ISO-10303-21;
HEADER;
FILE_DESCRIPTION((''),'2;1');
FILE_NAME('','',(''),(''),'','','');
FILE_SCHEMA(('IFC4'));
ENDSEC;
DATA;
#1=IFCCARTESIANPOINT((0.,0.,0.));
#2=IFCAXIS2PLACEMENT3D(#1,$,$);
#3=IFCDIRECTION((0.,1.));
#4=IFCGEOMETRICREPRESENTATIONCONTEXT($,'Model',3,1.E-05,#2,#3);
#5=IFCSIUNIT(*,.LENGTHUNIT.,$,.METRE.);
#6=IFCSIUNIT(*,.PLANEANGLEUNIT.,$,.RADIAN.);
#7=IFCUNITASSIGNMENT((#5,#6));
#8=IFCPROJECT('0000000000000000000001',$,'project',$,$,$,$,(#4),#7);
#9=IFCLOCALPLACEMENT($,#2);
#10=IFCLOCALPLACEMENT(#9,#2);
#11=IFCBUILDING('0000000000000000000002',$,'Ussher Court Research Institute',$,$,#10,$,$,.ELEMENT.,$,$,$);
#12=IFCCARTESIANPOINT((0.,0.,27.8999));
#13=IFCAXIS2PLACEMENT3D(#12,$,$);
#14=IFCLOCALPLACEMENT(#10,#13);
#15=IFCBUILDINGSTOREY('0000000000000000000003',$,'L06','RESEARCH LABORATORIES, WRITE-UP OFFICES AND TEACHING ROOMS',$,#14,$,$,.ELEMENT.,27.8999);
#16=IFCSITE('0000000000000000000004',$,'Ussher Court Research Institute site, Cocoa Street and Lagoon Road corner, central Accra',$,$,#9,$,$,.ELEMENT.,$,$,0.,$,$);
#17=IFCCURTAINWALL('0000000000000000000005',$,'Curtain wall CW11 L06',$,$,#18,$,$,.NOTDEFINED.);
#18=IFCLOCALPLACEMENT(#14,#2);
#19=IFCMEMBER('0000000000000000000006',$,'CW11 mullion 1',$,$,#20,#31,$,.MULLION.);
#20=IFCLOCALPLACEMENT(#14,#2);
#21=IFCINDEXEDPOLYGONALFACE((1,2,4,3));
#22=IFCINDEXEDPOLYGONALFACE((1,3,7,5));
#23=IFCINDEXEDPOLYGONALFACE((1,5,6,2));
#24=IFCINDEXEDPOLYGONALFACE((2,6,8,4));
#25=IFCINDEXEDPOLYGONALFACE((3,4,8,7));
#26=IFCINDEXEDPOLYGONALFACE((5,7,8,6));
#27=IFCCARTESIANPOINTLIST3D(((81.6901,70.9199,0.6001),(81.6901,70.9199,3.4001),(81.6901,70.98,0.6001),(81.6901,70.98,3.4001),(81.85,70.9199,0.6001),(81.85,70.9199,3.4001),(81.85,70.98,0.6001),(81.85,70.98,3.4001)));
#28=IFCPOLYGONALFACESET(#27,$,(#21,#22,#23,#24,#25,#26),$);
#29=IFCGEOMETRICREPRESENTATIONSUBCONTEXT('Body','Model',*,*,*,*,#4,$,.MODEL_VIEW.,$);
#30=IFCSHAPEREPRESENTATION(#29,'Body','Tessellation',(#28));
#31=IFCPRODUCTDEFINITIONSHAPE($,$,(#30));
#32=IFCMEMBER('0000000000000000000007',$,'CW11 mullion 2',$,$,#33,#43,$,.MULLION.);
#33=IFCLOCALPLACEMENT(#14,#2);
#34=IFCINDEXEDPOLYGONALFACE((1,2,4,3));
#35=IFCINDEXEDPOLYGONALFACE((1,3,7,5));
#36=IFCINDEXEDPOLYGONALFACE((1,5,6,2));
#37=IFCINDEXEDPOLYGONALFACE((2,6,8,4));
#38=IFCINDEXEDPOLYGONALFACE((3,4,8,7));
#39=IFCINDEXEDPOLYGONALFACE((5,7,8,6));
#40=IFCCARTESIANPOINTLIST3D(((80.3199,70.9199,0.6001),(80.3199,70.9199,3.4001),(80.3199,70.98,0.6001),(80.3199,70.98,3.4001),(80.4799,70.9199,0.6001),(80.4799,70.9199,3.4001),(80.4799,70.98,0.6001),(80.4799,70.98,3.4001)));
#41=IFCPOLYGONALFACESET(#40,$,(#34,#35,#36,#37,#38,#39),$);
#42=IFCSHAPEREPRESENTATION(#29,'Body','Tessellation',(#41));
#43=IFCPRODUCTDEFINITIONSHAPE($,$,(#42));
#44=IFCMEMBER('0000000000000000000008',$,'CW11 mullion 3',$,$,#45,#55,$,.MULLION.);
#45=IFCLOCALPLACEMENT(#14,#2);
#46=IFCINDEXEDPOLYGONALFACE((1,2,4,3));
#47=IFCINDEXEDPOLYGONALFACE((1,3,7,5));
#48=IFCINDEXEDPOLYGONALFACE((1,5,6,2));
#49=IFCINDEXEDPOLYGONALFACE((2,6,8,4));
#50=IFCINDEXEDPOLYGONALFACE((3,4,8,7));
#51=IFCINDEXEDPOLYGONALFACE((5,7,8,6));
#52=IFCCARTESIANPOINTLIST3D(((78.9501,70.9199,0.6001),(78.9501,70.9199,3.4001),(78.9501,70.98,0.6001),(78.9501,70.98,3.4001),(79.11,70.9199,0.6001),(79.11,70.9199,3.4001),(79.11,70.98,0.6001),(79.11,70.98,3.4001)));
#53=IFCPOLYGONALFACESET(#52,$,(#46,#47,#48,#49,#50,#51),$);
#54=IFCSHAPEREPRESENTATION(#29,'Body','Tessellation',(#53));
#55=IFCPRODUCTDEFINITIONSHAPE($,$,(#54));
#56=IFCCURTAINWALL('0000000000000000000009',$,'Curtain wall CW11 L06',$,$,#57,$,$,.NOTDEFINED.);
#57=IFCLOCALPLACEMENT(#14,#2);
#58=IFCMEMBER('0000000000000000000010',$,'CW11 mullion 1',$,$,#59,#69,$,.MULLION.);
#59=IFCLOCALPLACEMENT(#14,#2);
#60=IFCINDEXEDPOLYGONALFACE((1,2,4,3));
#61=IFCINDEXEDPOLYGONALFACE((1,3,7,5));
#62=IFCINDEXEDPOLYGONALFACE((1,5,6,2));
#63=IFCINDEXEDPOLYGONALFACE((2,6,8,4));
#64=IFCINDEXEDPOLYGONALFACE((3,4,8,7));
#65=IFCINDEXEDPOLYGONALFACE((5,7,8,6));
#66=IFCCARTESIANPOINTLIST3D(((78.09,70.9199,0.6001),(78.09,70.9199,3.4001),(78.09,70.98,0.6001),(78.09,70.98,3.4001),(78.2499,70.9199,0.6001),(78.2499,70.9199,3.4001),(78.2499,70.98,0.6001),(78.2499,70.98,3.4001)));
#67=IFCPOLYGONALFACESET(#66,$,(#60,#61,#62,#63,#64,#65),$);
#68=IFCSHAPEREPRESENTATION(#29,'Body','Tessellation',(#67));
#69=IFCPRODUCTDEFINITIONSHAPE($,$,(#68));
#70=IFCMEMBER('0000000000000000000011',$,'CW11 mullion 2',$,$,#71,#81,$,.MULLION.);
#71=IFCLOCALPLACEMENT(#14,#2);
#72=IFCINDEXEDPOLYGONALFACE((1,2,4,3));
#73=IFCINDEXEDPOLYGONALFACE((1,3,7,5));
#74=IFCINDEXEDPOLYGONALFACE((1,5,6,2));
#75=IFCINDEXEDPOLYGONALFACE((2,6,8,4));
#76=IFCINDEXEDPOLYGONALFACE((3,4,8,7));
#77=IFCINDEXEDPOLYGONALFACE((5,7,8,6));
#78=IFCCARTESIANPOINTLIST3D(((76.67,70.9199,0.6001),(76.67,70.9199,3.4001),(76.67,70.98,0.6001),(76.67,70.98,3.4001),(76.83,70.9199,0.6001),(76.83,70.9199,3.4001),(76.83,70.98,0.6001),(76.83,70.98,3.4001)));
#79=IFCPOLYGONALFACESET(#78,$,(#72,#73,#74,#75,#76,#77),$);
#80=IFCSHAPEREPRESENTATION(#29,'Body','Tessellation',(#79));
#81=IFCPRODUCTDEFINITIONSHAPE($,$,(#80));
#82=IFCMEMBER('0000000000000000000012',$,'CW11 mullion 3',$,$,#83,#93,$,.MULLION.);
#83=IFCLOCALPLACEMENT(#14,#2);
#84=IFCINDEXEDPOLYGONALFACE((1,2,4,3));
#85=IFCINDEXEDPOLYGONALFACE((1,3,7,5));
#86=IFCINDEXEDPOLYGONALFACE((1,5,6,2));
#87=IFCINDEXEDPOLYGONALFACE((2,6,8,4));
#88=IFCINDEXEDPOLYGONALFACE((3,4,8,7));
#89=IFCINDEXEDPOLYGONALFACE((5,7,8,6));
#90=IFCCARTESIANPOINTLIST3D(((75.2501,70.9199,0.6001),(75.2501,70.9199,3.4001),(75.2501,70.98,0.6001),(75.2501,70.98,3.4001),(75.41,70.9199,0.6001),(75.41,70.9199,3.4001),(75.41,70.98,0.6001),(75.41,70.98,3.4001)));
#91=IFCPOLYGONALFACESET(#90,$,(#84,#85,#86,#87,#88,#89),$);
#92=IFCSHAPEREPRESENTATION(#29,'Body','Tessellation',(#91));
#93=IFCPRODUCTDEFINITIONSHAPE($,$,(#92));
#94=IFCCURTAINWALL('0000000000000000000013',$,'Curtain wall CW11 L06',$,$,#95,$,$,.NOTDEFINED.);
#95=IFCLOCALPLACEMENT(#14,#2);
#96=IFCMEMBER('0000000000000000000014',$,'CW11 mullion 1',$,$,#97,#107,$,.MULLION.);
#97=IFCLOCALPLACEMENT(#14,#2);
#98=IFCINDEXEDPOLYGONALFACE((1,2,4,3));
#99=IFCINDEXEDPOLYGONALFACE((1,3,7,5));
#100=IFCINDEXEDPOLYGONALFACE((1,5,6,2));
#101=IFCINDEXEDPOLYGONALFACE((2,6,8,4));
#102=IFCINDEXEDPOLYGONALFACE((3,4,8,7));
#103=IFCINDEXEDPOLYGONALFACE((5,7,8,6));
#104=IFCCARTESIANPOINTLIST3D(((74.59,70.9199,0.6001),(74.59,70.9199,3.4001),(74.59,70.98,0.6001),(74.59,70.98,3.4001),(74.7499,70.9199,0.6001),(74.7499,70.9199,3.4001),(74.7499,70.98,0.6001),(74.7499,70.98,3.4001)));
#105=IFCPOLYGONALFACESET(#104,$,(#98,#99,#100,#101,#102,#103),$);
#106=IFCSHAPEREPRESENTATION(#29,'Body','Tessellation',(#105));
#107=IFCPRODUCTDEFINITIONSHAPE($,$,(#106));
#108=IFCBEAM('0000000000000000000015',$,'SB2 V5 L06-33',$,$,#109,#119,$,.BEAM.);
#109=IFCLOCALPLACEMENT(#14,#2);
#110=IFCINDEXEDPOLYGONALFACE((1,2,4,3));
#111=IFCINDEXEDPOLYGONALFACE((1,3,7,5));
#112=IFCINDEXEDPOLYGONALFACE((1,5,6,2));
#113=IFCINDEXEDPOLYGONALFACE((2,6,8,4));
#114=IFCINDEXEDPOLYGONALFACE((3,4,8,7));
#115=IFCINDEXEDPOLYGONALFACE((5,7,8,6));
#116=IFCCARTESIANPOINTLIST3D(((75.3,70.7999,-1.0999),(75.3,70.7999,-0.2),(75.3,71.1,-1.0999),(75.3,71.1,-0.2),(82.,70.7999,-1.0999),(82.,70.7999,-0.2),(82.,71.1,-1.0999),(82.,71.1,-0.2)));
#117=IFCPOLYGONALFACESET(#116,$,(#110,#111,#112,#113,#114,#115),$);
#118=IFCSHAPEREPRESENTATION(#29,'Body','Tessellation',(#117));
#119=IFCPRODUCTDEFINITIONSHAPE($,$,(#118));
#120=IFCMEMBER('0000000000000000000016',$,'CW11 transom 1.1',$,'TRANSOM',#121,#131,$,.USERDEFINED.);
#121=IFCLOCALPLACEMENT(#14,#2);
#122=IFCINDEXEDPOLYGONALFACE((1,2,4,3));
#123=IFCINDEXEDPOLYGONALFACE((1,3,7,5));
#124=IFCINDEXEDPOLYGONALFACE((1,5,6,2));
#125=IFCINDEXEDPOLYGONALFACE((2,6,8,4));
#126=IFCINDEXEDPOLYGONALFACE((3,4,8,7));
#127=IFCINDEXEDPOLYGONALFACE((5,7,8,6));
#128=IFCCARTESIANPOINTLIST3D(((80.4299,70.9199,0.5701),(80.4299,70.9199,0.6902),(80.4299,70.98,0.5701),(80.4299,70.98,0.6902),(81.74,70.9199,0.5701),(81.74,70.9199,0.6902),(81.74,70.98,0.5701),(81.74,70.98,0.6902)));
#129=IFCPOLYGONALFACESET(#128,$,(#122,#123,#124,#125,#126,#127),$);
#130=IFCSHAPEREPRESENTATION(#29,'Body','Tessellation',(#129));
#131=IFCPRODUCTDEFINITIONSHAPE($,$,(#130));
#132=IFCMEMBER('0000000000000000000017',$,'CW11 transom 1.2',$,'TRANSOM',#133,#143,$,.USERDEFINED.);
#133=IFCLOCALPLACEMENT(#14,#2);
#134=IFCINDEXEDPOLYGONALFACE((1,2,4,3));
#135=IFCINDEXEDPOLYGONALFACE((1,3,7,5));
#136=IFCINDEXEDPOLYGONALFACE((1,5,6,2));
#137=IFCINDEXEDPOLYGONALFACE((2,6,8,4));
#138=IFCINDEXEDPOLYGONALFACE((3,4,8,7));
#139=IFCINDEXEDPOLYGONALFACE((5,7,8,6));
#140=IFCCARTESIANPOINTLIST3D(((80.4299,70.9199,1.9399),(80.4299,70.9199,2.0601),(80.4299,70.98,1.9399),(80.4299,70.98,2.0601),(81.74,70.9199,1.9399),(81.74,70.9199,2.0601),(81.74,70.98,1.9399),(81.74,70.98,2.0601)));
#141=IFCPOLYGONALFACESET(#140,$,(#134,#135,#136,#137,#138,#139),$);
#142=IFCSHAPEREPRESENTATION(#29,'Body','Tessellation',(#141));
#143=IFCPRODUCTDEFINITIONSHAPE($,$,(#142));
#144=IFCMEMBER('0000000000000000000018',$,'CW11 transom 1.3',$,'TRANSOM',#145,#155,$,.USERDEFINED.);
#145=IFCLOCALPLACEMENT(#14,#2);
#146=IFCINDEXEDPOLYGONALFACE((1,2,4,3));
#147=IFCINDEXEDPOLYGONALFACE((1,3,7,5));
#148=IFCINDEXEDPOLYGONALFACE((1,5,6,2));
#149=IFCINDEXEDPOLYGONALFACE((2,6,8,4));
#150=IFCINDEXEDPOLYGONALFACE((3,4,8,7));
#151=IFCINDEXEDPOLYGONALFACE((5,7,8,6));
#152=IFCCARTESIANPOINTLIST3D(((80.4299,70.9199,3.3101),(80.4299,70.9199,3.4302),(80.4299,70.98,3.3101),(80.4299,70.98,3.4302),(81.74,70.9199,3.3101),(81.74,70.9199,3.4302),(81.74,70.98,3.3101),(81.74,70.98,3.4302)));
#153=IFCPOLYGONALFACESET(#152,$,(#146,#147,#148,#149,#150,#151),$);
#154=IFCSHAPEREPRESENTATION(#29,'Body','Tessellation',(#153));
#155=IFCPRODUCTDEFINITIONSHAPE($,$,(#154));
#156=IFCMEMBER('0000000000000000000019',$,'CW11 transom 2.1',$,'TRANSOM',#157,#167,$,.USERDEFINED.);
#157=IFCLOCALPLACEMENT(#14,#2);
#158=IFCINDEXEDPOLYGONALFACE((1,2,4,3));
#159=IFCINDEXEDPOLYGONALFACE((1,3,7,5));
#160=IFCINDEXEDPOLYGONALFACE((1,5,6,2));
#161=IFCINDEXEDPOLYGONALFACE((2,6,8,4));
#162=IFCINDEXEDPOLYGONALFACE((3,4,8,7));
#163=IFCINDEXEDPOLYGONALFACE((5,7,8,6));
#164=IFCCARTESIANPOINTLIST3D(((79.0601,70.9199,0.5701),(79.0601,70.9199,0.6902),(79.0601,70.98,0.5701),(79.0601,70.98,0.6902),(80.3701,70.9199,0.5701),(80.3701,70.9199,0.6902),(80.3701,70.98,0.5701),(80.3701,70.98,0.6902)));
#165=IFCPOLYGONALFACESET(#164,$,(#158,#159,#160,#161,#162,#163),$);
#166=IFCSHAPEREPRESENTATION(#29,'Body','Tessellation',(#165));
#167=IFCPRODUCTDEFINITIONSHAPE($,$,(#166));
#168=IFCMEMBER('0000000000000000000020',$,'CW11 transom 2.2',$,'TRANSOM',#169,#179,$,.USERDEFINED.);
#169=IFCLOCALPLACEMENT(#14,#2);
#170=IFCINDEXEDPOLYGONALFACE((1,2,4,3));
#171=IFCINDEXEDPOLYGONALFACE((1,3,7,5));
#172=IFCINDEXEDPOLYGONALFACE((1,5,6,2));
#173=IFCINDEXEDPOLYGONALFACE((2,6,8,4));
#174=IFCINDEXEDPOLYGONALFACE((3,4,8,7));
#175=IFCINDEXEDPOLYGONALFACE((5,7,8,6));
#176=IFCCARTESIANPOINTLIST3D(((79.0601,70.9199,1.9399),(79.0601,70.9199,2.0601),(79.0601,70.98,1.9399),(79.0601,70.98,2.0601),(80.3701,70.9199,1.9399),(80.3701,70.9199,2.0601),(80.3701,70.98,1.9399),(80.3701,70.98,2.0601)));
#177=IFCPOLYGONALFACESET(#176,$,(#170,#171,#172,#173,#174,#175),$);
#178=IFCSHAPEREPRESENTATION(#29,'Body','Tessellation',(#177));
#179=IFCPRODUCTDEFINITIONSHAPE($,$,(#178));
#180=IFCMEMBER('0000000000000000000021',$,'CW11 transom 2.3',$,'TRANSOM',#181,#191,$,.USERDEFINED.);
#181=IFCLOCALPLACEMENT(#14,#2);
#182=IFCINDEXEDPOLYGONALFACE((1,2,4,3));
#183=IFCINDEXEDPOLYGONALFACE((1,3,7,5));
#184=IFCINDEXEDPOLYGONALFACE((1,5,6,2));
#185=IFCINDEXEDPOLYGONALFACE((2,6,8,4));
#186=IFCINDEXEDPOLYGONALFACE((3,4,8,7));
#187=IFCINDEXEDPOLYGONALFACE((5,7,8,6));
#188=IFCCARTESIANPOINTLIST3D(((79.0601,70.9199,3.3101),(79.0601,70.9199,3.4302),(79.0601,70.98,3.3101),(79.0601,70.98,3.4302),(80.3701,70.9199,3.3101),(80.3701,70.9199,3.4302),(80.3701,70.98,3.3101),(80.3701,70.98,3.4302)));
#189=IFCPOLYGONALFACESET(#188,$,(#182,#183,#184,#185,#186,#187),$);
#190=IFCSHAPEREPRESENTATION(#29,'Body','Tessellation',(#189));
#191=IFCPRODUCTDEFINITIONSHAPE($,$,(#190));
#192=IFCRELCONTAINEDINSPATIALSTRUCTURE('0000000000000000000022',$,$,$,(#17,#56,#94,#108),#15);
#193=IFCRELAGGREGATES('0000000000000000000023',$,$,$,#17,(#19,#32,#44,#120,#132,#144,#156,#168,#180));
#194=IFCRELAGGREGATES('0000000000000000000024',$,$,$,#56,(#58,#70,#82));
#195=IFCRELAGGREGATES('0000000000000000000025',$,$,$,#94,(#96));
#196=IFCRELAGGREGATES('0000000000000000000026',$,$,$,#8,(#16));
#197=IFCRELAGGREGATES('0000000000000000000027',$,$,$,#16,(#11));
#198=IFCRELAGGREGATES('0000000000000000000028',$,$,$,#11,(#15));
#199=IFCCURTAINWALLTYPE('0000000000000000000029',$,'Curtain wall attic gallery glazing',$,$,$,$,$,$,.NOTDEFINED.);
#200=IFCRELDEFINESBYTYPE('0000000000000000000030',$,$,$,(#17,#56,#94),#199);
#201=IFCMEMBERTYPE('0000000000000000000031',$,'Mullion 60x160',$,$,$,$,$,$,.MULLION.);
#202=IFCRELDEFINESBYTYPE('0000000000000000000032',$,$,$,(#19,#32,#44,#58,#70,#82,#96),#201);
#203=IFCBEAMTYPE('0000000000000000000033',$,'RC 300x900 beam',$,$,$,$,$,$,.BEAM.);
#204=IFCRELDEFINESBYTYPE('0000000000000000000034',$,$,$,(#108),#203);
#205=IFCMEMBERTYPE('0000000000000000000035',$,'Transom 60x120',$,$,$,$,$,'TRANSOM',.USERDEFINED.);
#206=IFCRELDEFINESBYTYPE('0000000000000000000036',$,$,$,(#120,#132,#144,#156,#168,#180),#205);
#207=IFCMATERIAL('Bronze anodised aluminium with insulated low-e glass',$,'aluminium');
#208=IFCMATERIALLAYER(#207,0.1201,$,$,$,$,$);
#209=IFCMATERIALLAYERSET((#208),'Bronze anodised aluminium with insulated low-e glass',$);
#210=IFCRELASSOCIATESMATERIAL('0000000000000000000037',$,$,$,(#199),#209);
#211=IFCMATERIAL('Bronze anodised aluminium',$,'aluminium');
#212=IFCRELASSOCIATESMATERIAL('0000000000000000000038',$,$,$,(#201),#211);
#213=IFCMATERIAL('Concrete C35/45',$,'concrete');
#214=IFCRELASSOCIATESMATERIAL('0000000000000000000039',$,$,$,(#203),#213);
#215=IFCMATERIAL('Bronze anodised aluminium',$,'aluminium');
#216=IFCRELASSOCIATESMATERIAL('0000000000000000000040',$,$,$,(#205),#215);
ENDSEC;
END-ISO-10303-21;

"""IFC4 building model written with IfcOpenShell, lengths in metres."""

from ifc_helpers import new_model, si_unit, direction, frame, origin, origin_2d, place, context, subcontext, project, spatial, rectangle, extrude, material, layer, layer_set, material_profile, profile_set, type_object, element, aggregate, save


model = new_model("IFC4")

# Units and contexts
model_context = context("Model", 3, precision=1e-05, world=origin(), true_north=direction((0.0, 1.0)))
body_context = subcontext(model_context, "Body", "Model", "MODEL_VIEW")
ifc_project = project(units=[si_unit("LENGTHUNIT", "METRE"), si_unit("PLANEANGLEUNIT", "RADIAN")], contexts=[model_context])

# Site, building, storey
site_placement = place(None, origin())
site = spatial("IfcSite", under=ifc_project, at=site_placement, Name="Ussher Court Research Institute site, Cocoa Street and Lagoon Road corner, central Accra", CompositionType="ELEMENT", RefElevation=0.0)
building_placement = place(site_placement, origin())
building = spatial("IfcBuilding", under=site, at=building_placement, Name="Ussher Court Research Institute", CompositionType="ELEMENT")
storey_placement = place(building_placement, frame((0.0, 0.0, 27.8999)))
storey = spatial("IfcBuildingStorey", under=building, at=storey_placement, Name="L06", Description="RESEARCH LABORATORIES, WRITE-UP OFFICES AND TEACHING ROOMS", CompositionType="ELEMENT", Elevation=27.8999)

# Curtain walls, members
ifc_material_1 = material(Name="Bronze anodised aluminium with insulated low-e glass", Category="aluminium")
ifc_layer_1 = layer(ifc_material_1, 0.1201)
ifc_layer_set_1 = layer_set([ifc_layer_1], Name="Bronze anodised aluminium with insulated low-e glass")
curtain_wall_type = type_object("IfcCurtainWallType", Name="Curtain wall attic gallery glazing", PredefinedType="NOTDEFINED", material=ifc_layer_set_1)
curtain_wall_1_placement = place(storey_placement, origin())
curtain_wall_1 = element("IfcCurtainWall", 1, at=curtain_wall_1_placement, inside=storey, type_object=curtain_wall_type, Name="Curtain wall CW11 L06", PredefinedType="NOTDEFINED")
ifc_material_2 = material(Name="Bronze anodised aluminium", Category="aluminium")
ifc_material_profile_1 = material_profile(ifc_material_2, rectangle(XDim=0.0601, YDim=0.1599, at=origin_2d()), Name="Mullion 60x160")
ifc_profile_set_1 = profile_set([ifc_material_profile_1], Name="Bronze anodised aluminium")
member_type_1 = type_object("IfcMemberType", Name="Mullion 60x160", PredefinedType="MULLION", material=ifc_profile_set_1)
member_1_placement = place(storey_placement, frame((81.77, 70.95, 0.6001), z_axis=(0.0, 0.0, 1.0), x_axis=(0.0, -1.0, 0.0)))
member_1 = element("IfcMember", 2, at=member_1_placement, type_object=member_type_1, Name="CW11 mullion 1", PredefinedType="MULLION", context=body_context, shape_type="SweptSolid", body=[
    extrude(rectangle(XDim=0.0601, YDim=0.1599, at=origin_2d()), origin(), (0.0, 0.0, 1.0), 2.8),
])
member_2_placement = place(storey_placement, frame((80.3999, 70.95, 0.6001), z_axis=(0.0, 0.0, 1.0), x_axis=(0.0, -1.0, 0.0)))
member_2 = element("IfcMember", 3, at=member_2_placement, type_object=member_type_1, Name="CW11 mullion 2", PredefinedType="MULLION", context=body_context, shape_type="SweptSolid", body=[
    extrude(rectangle(XDim=0.0601, YDim=0.1599, at=origin_2d()), origin(), (0.0, 0.0, 1.0), 2.8),
])
member_3_placement = place(storey_placement, frame((79.03, 70.95, 0.6001), z_axis=(0.0, 0.0, 1.0), x_axis=(0.0, -1.0, 0.0)))
member_3 = element("IfcMember", 4, at=member_3_placement, type_object=member_type_1, Name="CW11 mullion 3", PredefinedType="MULLION", context=body_context, shape_type="SweptSolid", body=[
    extrude(rectangle(XDim=0.0601, YDim=0.1599, at=origin_2d()), origin(), (0.0, 0.0, 1.0), 2.8),
])
curtain_wall_2_placement = place(storey_placement, origin())
curtain_wall_2 = element("IfcCurtainWall", 5, at=curtain_wall_2_placement, inside=storey, type_object=curtain_wall_type, Name="Curtain wall CW11 L06", PredefinedType="NOTDEFINED")
member_4_placement = place(storey_placement, frame((78.1699, 70.95, 0.6001), z_axis=(0.0, 0.0, 1.0), x_axis=(0.0, -1.0, 0.0)))
member_4 = element("IfcMember", 6, at=member_4_placement, type_object=member_type_1, Name="CW11 mullion 1", PredefinedType="MULLION", context=body_context, shape_type="SweptSolid", body=[
    extrude(rectangle(XDim=0.0601, YDim=0.1599, at=origin_2d()), origin(), (0.0, 0.0, 1.0), 2.8),
])
member_5_placement = place(storey_placement, frame((76.75, 70.95, 0.6001), z_axis=(0.0, 0.0, 1.0), x_axis=(0.0, -1.0, 0.0)))
member_5 = element("IfcMember", 7, at=member_5_placement, type_object=member_type_1, Name="CW11 mullion 2", PredefinedType="MULLION", context=body_context, shape_type="SweptSolid", body=[
    extrude(rectangle(XDim=0.0601, YDim=0.1599, at=origin_2d()), origin(), (0.0, 0.0, 1.0), 2.8),
])
member_6_placement = place(storey_placement, frame((75.3301, 70.95, 0.6001), z_axis=(0.0, 0.0, 1.0), x_axis=(0.0, -1.0, 0.0)))
member_6 = element("IfcMember", 8, at=member_6_placement, type_object=member_type_1, Name="CW11 mullion 3", PredefinedType="MULLION", context=body_context, shape_type="SweptSolid", body=[
    extrude(rectangle(XDim=0.0601, YDim=0.1599, at=origin_2d()), origin(), (0.0, 0.0, 1.0), 2.8),
])

# Curtain wall, member
curtain_wall_3_placement = place(storey_placement, origin())
curtain_wall_3 = element("IfcCurtainWall", 9, at=curtain_wall_3_placement, inside=storey, type_object=curtain_wall_type, Name="Curtain wall CW11 L06", PredefinedType="NOTDEFINED")
member_7_placement = place(storey_placement, frame((74.6699, 70.95, 0.6001), z_axis=(0.0, 0.0, 1.0), x_axis=(0.0, -1.0, 0.0)))
member_7 = element("IfcMember", 10, at=member_7_placement, type_object=member_type_1, Name="CW11 mullion 1", PredefinedType="MULLION", context=body_context, shape_type="SweptSolid", body=[
    extrude(rectangle(XDim=0.0601, YDim=0.1599, at=origin_2d()), origin(), (0.0, 0.0, 1.0), 2.8),
])

# Beam
ifc_material_3 = material(Name="Concrete C35/45", Category="concrete")
ifc_material_profile_2 = material_profile(ifc_material_3, rectangle(XDim=0.3, YDim=0.8999, at=origin_2d()), Name="RC 300x900")
ifc_profile_set_2 = profile_set([ifc_material_profile_2], Name="Concrete C35/45")
beam_type = type_object("IfcBeamType", Name="RC 300x900 beam", PredefinedType="BEAM", material=ifc_profile_set_2)
beam_placement = place(storey_placement, frame((75.3, 70.95, -0.6499), z_axis=(1.0, 0.0, 0.0), x_axis=(0.0, 1.0, 0.0)))
element("IfcBeam", 11, at=beam_placement, inside=storey, type_object=beam_type, Name="SB2 V5 L06-33", PredefinedType="BEAM", context=body_context, shape_type="SweptSolid", body=[
    extrude(rectangle(XDim=0.3, YDim=0.8999, at=origin_2d()), origin(), (0.0, 0.0, 1.0), 6.7),
])

# Members
ifc_material_4 = material(Name="Bronze anodised aluminium", Category="aluminium")
ifc_material_profile_3 = material_profile(ifc_material_4, rectangle(XDim=0.0601, YDim=0.1201, at=origin_2d()), Name="Transom 60x120")
ifc_profile_set_3 = profile_set([ifc_material_profile_3], Name="Bronze anodised aluminium")
member_type_2 = type_object("IfcMemberType", Name="Transom 60x120", ElementType="TRANSOM", PredefinedType="USERDEFINED", material=ifc_profile_set_3)
member_8_placement = place(storey_placement, frame((81.74, 70.95, 0.6301), z_axis=(-1.0, 0.0, 0.0), x_axis=(0.0, -1.0, 0.0)))
member_8 = element("IfcMember", 12, at=member_8_placement, type_object=member_type_2, Name="CW11 transom 1.1", ObjectType="TRANSOM", PredefinedType="USERDEFINED", context=body_context, shape_type="SweptSolid", body=[
    extrude(rectangle(XDim=0.0601, YDim=0.1201, at=origin_2d()), origin(), (0.0, 0.0, 1.0), 1.3101),
])
member_9_placement = place(storey_placement, frame((81.74, 70.95, 2.0), z_axis=(-1.0, 0.0, 0.0), x_axis=(0.0, -1.0, 0.0)))
member_9 = element("IfcMember", 13, at=member_9_placement, type_object=member_type_2, Name="CW11 transom 1.2", ObjectType="TRANSOM", PredefinedType="USERDEFINED", context=body_context, shape_type="SweptSolid", body=[
    extrude(rectangle(XDim=0.0601, YDim=0.1201, at=origin_2d()), origin(), (0.0, 0.0, 1.0), 1.3101),
])
member_10_placement = place(storey_placement, frame((81.74, 70.95, 3.3701), z_axis=(-1.0, 0.0, 0.0), x_axis=(0.0, -1.0, 0.0)))
member_10 = element("IfcMember", 14, at=member_10_placement, type_object=member_type_2, Name="CW11 transom 1.3", ObjectType="TRANSOM", PredefinedType="USERDEFINED", context=body_context, shape_type="SweptSolid", body=[
    extrude(rectangle(XDim=0.0601, YDim=0.1201, at=origin_2d()), origin(), (0.0, 0.0, 1.0), 1.3101),
])
member_11_placement = place(storey_placement, frame((80.3701, 70.95, 0.6301), z_axis=(-1.0, 0.0, 0.0), x_axis=(0.0, -1.0, 0.0)))
member_11 = element("IfcMember", 15, at=member_11_placement, type_object=member_type_2, Name="CW11 transom 2.1", ObjectType="TRANSOM", PredefinedType="USERDEFINED", context=body_context, shape_type="SweptSolid", body=[
    extrude(rectangle(XDim=0.0601, YDim=0.1201, at=origin_2d()), origin(), (0.0, 0.0, 1.0), 1.3101),
])
member_12_placement = place(storey_placement, frame((80.3701, 70.95, 2.0), z_axis=(-1.0, 0.0, 0.0), x_axis=(0.0, -1.0, 0.0)))
member_12 = element("IfcMember", 16, at=member_12_placement, type_object=member_type_2, Name="CW11 transom 2.2", ObjectType="TRANSOM", PredefinedType="USERDEFINED", context=body_context, shape_type="SweptSolid", body=[
    extrude(rectangle(XDim=0.0601, YDim=0.1201, at=origin_2d()), origin(), (0.0, 0.0, 1.0), 1.3101),
])
member_13_placement = place(storey_placement, frame((80.3701, 70.95, 3.3701), z_axis=(-1.0, 0.0, 0.0), x_axis=(0.0, -1.0, 0.0)))
member_13 = element("IfcMember", 17, at=member_13_placement, type_object=member_type_2, Name="CW11 transom 2.3", ObjectType="TRANSOM", PredefinedType="USERDEFINED", context=body_context, shape_type="SweptSolid", body=[
    extrude(rectangle(XDim=0.0601, YDim=0.1201, at=origin_2d()), origin(), (0.0, 0.0, 1.0), 1.3101),
])

aggregate(curtain_wall_1, [member_1, member_2, member_3, member_8, member_9, member_10, member_11, member_12, member_13])
aggregate(curtain_wall_2, [member_4, member_5, member_6])
aggregate(curtain_wall_3, [member_7])

save(model, "model.ifc")
